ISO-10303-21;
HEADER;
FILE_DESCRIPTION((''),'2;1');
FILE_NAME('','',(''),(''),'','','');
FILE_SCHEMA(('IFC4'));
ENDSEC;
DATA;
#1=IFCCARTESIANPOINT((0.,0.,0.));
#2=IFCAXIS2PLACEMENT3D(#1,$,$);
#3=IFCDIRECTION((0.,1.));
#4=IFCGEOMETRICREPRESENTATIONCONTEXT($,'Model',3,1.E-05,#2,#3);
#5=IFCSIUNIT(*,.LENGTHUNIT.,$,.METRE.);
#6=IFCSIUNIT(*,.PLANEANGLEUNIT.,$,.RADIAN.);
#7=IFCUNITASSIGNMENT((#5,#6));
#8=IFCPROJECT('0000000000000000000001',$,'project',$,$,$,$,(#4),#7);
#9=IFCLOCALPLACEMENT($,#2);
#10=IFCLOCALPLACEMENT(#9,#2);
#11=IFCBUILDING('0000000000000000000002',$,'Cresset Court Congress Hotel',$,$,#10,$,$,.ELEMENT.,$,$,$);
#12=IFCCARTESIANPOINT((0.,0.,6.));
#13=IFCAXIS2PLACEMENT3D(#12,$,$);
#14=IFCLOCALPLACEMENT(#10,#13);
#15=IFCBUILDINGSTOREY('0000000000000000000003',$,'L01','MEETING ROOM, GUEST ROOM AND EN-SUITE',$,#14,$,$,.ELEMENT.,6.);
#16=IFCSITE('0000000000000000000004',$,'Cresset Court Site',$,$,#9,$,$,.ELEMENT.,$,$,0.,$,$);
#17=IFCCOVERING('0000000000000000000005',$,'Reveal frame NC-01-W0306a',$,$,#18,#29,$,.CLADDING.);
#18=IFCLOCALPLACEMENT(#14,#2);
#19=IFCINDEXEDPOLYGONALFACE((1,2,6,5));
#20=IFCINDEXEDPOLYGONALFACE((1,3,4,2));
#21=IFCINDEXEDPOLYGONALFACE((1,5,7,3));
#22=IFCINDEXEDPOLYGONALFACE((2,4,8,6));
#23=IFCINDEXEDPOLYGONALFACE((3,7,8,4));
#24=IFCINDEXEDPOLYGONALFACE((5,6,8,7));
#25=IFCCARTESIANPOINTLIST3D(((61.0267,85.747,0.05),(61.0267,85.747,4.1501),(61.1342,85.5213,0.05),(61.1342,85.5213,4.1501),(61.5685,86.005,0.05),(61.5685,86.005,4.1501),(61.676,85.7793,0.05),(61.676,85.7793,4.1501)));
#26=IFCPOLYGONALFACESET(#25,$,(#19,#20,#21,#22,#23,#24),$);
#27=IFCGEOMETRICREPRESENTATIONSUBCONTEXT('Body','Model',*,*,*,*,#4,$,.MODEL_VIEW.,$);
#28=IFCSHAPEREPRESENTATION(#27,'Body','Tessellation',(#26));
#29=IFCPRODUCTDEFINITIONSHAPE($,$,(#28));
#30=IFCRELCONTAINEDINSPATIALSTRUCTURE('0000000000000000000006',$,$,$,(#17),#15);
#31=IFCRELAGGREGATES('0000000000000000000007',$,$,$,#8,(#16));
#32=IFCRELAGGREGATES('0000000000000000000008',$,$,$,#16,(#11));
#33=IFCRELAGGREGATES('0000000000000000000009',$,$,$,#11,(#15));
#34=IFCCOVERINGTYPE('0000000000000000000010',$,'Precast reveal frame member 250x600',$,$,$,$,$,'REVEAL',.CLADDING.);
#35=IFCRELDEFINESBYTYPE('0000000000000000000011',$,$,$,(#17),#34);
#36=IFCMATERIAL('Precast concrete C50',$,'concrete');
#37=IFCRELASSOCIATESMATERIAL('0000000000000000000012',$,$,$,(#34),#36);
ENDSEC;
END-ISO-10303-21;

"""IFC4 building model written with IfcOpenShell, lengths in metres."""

from ifc_helpers import new_model, si_unit, direction, frame, origin, origin_2d, place, context, subcontext, project, spatial, rectangle, extrude, material, type_object, element, save


model = new_model("IFC4")

# Units and contexts
model_context = context("Model", 3, precision=1e-05, world=origin(), true_north=direction((0.0, 1.0)))
body_context = subcontext(model_context, "Body", "Model", "MODEL_VIEW")
ifc_project = project(units=[si_unit("LENGTHUNIT", "METRE"), si_unit("PLANEANGLEUNIT", "RADIAN")], contexts=[model_context])

# Site, building, storey
site_placement = place(None, origin())
site = spatial("IfcSite", under=ifc_project, at=site_placement, Name="Cresset Court Site", CompositionType="ELEMENT", RefElevation=0.0)
building_placement = place(site_placement, origin())
building = spatial("IfcBuilding", under=site, at=building_placement, Name="Cresset Court Congress Hotel", CompositionType="ELEMENT")
storey_placement = place(building_placement, frame((0.0, 0.0, 6.0)))
storey = spatial("IfcBuildingStorey", under=building, at=storey_placement, Name="L01", Description="MEETING ROOM, GUEST ROOM AND EN-SUITE", CompositionType="ELEMENT", Elevation=6.0)

# Covering
ifc_material_1 = material(Name="Precast concrete C50", Category="concrete")
covering_type = type_object("IfcCoveringType", Name="Precast reveal frame member 250x600", ElementType="REVEAL", PredefinedType="CLADDING", material=ifc_material_1)
covering_placement = place(storey_placement, frame((61.3513, 85.7632, 0.05), z_axis=(0.0, 0.0, 1.0), x_axis=(-0.429933, 0.902861, 0.0)))
element("IfcCovering", 1, at=covering_placement, inside=storey, type_object=covering_type, Name="Reveal frame NC-01-W0306a", PredefinedType="CLADDING", context=body_context, shape_type="SweptSolid", body=[
    extrude(rectangle(XDim=0.25, YDim=0.6001, at=origin_2d()), origin(), (0.0, 0.0, 1.0), 4.1001),
])

save(model, "model.ifc")
